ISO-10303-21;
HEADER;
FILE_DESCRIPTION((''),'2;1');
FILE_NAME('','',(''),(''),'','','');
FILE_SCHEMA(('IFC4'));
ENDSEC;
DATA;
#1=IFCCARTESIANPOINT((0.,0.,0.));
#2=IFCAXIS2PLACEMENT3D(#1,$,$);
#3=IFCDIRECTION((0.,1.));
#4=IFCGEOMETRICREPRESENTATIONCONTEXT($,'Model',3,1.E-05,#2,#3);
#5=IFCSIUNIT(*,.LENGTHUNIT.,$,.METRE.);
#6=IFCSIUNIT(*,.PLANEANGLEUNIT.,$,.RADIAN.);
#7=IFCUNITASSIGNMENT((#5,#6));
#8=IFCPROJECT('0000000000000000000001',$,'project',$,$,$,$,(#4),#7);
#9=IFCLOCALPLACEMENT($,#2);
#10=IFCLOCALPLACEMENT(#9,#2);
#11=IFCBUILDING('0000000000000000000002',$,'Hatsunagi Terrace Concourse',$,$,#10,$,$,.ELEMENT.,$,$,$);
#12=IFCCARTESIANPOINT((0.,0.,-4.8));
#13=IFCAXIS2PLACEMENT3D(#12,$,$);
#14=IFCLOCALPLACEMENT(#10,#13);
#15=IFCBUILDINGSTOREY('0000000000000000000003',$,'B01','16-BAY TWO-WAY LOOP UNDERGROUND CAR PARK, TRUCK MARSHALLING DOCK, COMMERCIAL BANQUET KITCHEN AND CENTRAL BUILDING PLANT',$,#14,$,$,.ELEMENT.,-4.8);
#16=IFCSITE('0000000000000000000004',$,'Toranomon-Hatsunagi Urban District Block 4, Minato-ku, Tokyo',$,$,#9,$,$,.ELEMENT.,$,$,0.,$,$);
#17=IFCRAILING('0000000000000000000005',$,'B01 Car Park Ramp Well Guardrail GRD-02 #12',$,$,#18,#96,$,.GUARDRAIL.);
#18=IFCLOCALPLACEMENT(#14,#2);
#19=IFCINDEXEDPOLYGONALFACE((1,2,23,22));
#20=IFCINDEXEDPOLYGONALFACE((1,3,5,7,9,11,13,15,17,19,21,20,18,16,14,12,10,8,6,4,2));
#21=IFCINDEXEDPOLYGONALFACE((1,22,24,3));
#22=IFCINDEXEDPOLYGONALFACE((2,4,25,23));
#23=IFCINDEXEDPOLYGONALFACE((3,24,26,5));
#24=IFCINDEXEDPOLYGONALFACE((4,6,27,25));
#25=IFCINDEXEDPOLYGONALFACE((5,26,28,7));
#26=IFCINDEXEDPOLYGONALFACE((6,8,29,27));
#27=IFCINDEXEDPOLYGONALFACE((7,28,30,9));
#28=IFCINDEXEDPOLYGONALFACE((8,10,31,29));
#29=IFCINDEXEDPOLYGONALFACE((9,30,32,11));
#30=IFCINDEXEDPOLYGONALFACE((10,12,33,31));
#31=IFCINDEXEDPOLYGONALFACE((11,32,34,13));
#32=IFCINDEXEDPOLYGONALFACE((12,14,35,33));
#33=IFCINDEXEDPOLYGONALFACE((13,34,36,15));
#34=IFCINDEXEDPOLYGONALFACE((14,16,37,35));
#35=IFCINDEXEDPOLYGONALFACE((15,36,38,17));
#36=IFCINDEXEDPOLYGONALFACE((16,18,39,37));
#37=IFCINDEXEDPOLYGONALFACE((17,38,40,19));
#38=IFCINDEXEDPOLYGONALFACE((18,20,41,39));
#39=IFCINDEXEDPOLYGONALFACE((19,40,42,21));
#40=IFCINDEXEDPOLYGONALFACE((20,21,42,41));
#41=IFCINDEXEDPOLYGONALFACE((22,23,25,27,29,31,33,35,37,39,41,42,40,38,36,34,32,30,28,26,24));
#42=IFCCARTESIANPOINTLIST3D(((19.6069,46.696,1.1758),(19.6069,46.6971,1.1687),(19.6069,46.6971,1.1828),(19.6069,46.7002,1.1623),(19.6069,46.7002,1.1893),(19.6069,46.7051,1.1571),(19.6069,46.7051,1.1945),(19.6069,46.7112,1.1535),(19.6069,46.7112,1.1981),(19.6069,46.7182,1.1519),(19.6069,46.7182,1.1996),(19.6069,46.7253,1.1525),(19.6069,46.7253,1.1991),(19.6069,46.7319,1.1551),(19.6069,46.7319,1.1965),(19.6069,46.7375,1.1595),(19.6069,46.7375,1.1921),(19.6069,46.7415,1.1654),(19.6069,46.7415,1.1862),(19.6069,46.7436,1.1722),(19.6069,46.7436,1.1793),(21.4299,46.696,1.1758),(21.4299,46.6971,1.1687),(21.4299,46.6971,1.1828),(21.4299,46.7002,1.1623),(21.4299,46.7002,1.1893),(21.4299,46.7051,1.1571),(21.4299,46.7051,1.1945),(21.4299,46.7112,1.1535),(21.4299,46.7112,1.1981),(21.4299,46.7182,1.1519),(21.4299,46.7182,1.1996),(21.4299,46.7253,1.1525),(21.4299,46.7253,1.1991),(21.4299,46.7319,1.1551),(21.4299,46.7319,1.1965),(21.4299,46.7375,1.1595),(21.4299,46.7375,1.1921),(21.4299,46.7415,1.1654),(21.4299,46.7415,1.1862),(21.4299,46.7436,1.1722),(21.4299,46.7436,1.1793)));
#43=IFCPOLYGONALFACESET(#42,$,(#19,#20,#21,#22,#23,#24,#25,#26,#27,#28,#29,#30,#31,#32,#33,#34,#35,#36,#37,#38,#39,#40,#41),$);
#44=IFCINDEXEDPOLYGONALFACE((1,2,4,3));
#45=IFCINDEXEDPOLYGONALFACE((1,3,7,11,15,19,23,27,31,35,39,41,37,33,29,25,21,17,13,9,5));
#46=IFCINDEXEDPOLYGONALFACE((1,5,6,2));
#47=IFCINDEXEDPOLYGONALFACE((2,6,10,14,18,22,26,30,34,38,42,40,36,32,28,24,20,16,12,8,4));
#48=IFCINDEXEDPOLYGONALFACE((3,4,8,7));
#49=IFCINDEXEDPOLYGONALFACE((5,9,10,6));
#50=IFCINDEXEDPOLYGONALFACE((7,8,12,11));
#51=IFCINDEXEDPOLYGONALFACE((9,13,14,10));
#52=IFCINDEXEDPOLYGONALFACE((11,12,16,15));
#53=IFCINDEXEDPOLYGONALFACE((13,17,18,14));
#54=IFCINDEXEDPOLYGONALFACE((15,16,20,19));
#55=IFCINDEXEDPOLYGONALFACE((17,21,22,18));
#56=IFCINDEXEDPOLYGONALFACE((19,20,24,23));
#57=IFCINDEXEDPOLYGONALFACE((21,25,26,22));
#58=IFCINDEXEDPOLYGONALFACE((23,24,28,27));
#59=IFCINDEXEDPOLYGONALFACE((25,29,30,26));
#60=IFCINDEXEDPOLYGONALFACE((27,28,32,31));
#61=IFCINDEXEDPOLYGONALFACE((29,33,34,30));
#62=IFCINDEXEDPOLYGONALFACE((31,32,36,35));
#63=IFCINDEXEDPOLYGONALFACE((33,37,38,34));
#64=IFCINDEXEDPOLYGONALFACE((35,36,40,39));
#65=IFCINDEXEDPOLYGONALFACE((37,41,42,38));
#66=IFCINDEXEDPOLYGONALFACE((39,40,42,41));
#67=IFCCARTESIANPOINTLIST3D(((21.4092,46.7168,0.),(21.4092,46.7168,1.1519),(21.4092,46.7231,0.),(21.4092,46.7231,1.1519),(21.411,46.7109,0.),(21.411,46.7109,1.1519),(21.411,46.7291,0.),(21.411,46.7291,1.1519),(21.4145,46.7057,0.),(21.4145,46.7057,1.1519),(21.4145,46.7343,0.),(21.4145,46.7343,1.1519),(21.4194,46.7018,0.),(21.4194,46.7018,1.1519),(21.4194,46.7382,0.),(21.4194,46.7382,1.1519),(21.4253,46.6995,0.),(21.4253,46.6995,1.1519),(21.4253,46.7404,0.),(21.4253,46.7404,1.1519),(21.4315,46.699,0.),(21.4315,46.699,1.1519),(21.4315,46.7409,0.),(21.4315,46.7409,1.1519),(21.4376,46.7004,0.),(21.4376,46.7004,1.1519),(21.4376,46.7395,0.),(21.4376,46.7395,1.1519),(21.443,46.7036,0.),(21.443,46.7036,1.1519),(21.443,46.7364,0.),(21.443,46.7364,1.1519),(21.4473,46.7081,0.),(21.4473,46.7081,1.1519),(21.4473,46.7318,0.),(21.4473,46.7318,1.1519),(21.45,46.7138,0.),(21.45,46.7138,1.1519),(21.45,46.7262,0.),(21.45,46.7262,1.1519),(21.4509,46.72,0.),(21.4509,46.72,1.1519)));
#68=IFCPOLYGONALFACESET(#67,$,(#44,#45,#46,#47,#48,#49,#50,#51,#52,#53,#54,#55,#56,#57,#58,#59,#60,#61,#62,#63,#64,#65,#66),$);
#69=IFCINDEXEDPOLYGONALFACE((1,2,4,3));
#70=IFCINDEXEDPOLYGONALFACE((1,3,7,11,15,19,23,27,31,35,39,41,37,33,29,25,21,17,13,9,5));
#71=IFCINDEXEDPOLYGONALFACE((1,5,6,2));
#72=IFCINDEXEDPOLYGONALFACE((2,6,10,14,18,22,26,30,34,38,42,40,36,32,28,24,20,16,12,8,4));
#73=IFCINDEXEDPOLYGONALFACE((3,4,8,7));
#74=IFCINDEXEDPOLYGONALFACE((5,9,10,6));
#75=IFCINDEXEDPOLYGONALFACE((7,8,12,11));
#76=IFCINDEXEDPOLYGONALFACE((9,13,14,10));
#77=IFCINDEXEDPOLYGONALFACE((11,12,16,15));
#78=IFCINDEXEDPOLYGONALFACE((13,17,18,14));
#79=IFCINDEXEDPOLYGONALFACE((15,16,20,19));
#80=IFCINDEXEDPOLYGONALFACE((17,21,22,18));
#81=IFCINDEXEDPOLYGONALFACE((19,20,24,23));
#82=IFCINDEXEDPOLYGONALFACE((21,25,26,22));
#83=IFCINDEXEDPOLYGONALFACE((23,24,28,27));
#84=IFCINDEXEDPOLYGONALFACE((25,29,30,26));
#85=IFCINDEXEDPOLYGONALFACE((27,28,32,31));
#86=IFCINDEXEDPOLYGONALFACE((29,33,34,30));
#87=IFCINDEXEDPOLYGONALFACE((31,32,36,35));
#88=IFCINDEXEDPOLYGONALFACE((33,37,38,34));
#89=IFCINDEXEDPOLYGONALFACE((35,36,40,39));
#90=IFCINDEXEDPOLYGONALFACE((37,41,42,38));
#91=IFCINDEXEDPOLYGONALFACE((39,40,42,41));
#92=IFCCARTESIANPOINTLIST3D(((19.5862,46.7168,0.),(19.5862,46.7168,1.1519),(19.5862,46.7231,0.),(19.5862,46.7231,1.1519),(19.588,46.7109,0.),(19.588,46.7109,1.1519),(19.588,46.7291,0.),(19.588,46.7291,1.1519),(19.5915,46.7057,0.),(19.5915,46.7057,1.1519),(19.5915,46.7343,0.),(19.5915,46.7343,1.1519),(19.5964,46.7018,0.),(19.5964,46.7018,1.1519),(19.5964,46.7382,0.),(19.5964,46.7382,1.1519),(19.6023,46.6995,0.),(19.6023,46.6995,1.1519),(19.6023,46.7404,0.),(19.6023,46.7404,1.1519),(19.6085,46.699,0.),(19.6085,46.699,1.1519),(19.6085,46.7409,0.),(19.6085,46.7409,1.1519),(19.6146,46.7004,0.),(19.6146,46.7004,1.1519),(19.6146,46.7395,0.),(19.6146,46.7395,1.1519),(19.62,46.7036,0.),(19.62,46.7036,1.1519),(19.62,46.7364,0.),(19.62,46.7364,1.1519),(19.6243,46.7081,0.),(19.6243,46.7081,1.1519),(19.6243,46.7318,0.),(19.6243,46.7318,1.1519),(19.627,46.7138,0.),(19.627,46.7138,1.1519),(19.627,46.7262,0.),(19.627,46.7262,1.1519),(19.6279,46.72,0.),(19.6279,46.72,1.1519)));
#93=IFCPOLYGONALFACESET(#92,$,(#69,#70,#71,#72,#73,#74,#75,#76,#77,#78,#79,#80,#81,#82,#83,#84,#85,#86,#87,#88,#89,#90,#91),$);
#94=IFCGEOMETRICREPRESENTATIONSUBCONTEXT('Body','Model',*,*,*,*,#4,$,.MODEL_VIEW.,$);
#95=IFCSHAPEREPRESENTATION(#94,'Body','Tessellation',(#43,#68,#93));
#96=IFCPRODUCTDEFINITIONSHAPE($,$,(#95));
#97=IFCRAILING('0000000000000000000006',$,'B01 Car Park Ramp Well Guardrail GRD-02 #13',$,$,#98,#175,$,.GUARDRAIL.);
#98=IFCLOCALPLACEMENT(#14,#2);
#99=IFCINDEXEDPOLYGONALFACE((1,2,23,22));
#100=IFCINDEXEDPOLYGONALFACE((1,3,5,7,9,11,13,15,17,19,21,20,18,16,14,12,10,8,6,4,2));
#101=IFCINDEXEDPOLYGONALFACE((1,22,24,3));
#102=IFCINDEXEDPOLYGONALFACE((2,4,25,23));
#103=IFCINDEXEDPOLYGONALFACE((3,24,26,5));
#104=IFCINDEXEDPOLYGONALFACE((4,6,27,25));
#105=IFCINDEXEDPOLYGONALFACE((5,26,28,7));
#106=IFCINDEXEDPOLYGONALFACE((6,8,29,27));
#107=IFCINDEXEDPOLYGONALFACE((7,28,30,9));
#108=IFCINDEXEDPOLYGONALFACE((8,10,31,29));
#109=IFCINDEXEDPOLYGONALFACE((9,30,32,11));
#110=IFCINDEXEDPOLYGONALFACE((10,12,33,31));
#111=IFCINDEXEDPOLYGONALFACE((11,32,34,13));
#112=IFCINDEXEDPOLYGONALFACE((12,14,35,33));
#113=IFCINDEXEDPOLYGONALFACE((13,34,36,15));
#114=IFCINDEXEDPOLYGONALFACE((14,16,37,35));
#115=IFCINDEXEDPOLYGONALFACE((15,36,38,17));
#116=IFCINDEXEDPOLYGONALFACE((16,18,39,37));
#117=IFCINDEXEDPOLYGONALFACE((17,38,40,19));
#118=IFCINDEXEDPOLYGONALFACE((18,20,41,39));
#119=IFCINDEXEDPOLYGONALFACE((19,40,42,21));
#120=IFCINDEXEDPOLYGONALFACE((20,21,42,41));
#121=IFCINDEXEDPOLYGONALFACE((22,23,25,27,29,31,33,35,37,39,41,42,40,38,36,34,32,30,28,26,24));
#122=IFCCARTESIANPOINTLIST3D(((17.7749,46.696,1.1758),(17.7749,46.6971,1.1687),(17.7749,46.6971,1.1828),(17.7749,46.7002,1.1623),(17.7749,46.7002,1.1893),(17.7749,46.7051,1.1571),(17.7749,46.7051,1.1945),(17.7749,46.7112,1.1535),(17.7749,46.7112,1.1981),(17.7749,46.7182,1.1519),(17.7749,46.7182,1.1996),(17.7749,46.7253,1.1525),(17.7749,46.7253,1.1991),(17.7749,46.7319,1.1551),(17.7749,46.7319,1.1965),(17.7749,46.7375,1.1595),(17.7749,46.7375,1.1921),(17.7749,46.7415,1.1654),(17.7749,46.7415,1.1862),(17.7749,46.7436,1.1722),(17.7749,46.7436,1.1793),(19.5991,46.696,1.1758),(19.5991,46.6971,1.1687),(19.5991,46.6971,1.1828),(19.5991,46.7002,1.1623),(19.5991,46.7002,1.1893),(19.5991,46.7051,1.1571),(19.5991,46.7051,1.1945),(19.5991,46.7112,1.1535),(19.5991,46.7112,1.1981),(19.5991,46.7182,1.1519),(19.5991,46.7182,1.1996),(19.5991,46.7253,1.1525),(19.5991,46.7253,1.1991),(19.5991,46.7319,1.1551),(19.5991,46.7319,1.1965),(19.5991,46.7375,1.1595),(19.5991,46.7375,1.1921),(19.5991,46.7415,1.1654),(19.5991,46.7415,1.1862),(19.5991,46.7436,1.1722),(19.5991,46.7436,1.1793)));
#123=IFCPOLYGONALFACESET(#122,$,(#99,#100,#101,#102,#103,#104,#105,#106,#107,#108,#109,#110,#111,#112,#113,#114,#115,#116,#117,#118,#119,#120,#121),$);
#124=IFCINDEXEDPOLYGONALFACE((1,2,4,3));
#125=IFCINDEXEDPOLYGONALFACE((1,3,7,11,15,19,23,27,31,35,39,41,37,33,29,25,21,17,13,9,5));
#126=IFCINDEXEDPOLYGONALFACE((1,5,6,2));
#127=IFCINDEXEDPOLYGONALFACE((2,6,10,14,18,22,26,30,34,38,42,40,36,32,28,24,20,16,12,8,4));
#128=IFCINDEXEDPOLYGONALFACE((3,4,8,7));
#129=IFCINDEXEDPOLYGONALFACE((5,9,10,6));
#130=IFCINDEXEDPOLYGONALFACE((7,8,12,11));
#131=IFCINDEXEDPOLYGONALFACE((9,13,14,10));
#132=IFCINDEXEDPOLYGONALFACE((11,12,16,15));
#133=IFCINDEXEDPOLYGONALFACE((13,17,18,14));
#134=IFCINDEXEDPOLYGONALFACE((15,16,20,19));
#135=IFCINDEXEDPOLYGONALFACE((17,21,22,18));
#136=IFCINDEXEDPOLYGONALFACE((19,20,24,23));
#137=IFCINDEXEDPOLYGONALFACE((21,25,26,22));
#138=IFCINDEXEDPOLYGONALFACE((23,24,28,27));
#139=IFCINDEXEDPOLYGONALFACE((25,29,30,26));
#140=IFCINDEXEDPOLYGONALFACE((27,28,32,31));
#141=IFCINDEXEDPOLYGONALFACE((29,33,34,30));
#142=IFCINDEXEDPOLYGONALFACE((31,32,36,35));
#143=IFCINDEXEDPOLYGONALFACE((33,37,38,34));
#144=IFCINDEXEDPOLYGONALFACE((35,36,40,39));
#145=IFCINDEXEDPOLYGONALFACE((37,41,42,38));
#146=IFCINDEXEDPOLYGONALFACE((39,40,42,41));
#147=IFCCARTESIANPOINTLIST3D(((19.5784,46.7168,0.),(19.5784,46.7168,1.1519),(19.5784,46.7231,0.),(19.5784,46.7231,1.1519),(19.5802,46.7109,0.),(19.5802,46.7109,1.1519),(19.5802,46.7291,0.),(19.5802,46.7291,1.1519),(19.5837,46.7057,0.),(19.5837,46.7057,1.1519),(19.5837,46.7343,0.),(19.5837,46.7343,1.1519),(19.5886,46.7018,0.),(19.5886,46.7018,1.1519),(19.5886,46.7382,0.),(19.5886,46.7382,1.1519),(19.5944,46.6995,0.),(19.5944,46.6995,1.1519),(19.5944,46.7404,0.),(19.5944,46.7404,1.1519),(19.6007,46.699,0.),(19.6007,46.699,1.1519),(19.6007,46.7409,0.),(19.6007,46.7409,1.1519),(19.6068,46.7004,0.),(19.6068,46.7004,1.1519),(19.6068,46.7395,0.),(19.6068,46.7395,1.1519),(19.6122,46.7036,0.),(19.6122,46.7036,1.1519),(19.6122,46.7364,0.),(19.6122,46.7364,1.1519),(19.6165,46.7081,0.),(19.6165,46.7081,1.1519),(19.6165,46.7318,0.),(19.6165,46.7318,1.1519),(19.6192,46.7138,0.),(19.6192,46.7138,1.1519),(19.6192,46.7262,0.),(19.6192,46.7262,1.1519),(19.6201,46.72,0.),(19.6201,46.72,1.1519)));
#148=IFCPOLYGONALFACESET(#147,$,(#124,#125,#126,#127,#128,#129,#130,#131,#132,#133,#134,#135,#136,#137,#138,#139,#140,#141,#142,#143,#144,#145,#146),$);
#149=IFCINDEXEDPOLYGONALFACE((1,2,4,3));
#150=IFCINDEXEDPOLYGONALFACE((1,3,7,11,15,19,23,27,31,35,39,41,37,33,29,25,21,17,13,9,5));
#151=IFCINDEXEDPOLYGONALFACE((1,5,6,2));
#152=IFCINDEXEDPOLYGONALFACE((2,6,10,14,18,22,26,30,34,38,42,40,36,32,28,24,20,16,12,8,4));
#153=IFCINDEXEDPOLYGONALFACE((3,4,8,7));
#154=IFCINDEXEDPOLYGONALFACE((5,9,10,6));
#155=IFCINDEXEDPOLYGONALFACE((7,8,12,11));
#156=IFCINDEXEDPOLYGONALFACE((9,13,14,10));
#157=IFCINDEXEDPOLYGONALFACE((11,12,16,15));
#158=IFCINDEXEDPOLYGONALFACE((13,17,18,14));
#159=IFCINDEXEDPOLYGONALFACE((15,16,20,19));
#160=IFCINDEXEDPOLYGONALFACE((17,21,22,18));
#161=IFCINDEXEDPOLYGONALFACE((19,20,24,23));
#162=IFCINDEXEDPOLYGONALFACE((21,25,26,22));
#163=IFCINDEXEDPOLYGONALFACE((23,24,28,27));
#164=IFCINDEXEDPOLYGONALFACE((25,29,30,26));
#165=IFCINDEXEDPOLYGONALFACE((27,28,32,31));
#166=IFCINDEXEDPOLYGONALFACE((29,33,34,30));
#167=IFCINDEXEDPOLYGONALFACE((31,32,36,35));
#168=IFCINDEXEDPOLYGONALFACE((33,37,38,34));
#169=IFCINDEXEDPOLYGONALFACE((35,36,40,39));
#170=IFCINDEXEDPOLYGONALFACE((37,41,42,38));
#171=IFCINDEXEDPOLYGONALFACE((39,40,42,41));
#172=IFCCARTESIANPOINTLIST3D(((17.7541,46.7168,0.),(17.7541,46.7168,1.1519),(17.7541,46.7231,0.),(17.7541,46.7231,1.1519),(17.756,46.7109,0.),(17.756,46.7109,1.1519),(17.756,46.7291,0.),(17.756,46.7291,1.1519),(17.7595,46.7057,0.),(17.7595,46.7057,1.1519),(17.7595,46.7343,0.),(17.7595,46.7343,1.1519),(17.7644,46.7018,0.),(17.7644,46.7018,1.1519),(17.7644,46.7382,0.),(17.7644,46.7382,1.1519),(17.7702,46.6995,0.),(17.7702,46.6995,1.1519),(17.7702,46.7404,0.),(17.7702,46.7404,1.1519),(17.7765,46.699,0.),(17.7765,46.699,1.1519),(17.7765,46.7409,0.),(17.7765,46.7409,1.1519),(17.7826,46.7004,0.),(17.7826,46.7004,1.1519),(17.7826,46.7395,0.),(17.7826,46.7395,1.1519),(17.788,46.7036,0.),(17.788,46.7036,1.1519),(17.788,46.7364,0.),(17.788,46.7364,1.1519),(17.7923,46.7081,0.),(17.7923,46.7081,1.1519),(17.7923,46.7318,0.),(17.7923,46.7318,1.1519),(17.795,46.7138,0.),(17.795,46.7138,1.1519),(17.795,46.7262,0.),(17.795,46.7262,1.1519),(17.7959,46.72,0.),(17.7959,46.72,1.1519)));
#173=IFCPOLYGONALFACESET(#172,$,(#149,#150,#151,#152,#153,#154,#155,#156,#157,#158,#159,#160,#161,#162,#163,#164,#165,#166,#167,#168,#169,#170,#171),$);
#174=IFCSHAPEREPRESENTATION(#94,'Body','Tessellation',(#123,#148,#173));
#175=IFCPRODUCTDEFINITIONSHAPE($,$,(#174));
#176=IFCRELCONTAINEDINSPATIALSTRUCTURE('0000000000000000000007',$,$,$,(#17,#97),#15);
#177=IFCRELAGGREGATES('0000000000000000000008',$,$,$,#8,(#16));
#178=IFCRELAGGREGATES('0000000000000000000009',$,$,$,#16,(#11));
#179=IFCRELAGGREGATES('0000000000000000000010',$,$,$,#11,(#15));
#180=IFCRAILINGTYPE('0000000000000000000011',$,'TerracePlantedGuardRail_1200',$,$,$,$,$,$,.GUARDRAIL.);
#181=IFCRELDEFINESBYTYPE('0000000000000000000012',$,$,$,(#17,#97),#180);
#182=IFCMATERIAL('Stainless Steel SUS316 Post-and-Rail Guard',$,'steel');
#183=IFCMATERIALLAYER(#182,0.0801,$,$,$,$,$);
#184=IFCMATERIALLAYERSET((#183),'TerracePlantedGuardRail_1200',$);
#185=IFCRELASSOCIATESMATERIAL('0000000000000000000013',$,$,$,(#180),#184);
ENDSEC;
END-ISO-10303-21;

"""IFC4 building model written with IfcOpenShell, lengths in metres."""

from ifc_helpers import new_model, si_unit, direction, frame, origin, origin_2d, place, context, subcontext, project, spatial, circle, extrude, material, layer, layer_set, type_object, element, save


model = new_model("IFC4")

# Units and contexts
model_context = context("Model", 3, precision=1e-05, world=origin(), true_north=direction((0.0, 1.0)))
body_context = subcontext(model_context, "Body", "Model", "MODEL_VIEW")
ifc_project = project(units=[si_unit("LENGTHUNIT", "METRE"), si_unit("PLANEANGLEUNIT", "RADIAN")], contexts=[model_context])

# Site, building, storey
site_placement = place(None, origin())
site = spatial("IfcSite", under=ifc_project, at=site_placement, Name="Toranomon-Hatsunagi Urban District Block 4, Minato-ku, Tokyo", CompositionType="ELEMENT", RefElevation=0.0)
building_placement = place(site_placement, origin())
building = spatial("IfcBuilding", under=site, at=building_placement, Name="Hatsunagi Terrace Concourse", CompositionType="ELEMENT")
storey_placement = place(building_placement, frame((0.0, 0.0, -4.8)))
storey = spatial("IfcBuildingStorey", under=building, at=storey_placement, Name="B01", Description="16-BAY TWO-WAY LOOP UNDERGROUND CAR PARK, TRUCK MARSHALLING DOCK, COMMERCIAL BANQUET KITCHEN AND CENTRAL BUILDING PLANT", CompositionType="ELEMENT", Elevation=-4.8)

# Railings
ifc_material_1 = material(Name="Stainless Steel SUS316 Post-and-Rail Guard", Category="steel")
ifc_layer_1 = layer(ifc_material_1, 0.0801)
ifc_layer_set_1 = layer_set([ifc_layer_1], Name="TerracePlantedGuardRail_1200")
railing_type = type_object("IfcRailingType", Name="TerracePlantedGuardRail_1200", PredefinedType="GUARDRAIL", material=ifc_layer_set_1)
railing_1_placement = place(storey_placement, frame((21.4299, 46.72, 0.0)))
element("IfcRailing", 1, at=railing_1_placement, inside=storey, type_object=railing_type, Name="B01 Car Park Ramp Well Guardrail GRD-02 #12", PredefinedType="GUARDRAIL", context=body_context, shape_type="SweptSolid", body=[
    extrude(circle(Radius=0.0239, at=origin_2d()), frame((0.0, 0.0, 1.1758), z_axis=(-1.0, 0.0, 0.0), x_axis=(0.0, -1.0, 0.0)), (0.0, 0.0, 1.0), 1.823),
    extrude(circle(Radius=0.021, at=origin_2d()), origin(), (0.0, 0.0, 1.0), 1.1519),
    extrude(circle(Radius=0.021, at=origin_2d()), frame((-1.823, 0.0, 0.0)), (0.0, 0.0, 1.0), 1.1519),
])
railing_2_placement = place(storey_placement, frame((19.5991, 46.72, 0.0)))
element("IfcRailing", 2, at=railing_2_placement, inside=storey, type_object=railing_type, Name="B01 Car Park Ramp Well Guardrail GRD-02 #13", PredefinedType="GUARDRAIL", context=body_context, shape_type="SweptSolid", body=[
    extrude(circle(Radius=0.0239, at=origin_2d()), frame((0.0, 0.0, 1.1758), z_axis=(-1.0, 0.0, 0.0), x_axis=(0.0, -1.0, 0.0)), (0.0, 0.0, 1.0), 1.8242),
    extrude(circle(Radius=0.021, at=origin_2d()), origin(), (0.0, 0.0, 1.0), 1.1519),
    extrude(circle(Radius=0.021, at=origin_2d()), frame((-1.8242, 0.0, 0.0)), (0.0, 0.0, 1.0), 1.1519),
])

save(model, "model.ifc")
